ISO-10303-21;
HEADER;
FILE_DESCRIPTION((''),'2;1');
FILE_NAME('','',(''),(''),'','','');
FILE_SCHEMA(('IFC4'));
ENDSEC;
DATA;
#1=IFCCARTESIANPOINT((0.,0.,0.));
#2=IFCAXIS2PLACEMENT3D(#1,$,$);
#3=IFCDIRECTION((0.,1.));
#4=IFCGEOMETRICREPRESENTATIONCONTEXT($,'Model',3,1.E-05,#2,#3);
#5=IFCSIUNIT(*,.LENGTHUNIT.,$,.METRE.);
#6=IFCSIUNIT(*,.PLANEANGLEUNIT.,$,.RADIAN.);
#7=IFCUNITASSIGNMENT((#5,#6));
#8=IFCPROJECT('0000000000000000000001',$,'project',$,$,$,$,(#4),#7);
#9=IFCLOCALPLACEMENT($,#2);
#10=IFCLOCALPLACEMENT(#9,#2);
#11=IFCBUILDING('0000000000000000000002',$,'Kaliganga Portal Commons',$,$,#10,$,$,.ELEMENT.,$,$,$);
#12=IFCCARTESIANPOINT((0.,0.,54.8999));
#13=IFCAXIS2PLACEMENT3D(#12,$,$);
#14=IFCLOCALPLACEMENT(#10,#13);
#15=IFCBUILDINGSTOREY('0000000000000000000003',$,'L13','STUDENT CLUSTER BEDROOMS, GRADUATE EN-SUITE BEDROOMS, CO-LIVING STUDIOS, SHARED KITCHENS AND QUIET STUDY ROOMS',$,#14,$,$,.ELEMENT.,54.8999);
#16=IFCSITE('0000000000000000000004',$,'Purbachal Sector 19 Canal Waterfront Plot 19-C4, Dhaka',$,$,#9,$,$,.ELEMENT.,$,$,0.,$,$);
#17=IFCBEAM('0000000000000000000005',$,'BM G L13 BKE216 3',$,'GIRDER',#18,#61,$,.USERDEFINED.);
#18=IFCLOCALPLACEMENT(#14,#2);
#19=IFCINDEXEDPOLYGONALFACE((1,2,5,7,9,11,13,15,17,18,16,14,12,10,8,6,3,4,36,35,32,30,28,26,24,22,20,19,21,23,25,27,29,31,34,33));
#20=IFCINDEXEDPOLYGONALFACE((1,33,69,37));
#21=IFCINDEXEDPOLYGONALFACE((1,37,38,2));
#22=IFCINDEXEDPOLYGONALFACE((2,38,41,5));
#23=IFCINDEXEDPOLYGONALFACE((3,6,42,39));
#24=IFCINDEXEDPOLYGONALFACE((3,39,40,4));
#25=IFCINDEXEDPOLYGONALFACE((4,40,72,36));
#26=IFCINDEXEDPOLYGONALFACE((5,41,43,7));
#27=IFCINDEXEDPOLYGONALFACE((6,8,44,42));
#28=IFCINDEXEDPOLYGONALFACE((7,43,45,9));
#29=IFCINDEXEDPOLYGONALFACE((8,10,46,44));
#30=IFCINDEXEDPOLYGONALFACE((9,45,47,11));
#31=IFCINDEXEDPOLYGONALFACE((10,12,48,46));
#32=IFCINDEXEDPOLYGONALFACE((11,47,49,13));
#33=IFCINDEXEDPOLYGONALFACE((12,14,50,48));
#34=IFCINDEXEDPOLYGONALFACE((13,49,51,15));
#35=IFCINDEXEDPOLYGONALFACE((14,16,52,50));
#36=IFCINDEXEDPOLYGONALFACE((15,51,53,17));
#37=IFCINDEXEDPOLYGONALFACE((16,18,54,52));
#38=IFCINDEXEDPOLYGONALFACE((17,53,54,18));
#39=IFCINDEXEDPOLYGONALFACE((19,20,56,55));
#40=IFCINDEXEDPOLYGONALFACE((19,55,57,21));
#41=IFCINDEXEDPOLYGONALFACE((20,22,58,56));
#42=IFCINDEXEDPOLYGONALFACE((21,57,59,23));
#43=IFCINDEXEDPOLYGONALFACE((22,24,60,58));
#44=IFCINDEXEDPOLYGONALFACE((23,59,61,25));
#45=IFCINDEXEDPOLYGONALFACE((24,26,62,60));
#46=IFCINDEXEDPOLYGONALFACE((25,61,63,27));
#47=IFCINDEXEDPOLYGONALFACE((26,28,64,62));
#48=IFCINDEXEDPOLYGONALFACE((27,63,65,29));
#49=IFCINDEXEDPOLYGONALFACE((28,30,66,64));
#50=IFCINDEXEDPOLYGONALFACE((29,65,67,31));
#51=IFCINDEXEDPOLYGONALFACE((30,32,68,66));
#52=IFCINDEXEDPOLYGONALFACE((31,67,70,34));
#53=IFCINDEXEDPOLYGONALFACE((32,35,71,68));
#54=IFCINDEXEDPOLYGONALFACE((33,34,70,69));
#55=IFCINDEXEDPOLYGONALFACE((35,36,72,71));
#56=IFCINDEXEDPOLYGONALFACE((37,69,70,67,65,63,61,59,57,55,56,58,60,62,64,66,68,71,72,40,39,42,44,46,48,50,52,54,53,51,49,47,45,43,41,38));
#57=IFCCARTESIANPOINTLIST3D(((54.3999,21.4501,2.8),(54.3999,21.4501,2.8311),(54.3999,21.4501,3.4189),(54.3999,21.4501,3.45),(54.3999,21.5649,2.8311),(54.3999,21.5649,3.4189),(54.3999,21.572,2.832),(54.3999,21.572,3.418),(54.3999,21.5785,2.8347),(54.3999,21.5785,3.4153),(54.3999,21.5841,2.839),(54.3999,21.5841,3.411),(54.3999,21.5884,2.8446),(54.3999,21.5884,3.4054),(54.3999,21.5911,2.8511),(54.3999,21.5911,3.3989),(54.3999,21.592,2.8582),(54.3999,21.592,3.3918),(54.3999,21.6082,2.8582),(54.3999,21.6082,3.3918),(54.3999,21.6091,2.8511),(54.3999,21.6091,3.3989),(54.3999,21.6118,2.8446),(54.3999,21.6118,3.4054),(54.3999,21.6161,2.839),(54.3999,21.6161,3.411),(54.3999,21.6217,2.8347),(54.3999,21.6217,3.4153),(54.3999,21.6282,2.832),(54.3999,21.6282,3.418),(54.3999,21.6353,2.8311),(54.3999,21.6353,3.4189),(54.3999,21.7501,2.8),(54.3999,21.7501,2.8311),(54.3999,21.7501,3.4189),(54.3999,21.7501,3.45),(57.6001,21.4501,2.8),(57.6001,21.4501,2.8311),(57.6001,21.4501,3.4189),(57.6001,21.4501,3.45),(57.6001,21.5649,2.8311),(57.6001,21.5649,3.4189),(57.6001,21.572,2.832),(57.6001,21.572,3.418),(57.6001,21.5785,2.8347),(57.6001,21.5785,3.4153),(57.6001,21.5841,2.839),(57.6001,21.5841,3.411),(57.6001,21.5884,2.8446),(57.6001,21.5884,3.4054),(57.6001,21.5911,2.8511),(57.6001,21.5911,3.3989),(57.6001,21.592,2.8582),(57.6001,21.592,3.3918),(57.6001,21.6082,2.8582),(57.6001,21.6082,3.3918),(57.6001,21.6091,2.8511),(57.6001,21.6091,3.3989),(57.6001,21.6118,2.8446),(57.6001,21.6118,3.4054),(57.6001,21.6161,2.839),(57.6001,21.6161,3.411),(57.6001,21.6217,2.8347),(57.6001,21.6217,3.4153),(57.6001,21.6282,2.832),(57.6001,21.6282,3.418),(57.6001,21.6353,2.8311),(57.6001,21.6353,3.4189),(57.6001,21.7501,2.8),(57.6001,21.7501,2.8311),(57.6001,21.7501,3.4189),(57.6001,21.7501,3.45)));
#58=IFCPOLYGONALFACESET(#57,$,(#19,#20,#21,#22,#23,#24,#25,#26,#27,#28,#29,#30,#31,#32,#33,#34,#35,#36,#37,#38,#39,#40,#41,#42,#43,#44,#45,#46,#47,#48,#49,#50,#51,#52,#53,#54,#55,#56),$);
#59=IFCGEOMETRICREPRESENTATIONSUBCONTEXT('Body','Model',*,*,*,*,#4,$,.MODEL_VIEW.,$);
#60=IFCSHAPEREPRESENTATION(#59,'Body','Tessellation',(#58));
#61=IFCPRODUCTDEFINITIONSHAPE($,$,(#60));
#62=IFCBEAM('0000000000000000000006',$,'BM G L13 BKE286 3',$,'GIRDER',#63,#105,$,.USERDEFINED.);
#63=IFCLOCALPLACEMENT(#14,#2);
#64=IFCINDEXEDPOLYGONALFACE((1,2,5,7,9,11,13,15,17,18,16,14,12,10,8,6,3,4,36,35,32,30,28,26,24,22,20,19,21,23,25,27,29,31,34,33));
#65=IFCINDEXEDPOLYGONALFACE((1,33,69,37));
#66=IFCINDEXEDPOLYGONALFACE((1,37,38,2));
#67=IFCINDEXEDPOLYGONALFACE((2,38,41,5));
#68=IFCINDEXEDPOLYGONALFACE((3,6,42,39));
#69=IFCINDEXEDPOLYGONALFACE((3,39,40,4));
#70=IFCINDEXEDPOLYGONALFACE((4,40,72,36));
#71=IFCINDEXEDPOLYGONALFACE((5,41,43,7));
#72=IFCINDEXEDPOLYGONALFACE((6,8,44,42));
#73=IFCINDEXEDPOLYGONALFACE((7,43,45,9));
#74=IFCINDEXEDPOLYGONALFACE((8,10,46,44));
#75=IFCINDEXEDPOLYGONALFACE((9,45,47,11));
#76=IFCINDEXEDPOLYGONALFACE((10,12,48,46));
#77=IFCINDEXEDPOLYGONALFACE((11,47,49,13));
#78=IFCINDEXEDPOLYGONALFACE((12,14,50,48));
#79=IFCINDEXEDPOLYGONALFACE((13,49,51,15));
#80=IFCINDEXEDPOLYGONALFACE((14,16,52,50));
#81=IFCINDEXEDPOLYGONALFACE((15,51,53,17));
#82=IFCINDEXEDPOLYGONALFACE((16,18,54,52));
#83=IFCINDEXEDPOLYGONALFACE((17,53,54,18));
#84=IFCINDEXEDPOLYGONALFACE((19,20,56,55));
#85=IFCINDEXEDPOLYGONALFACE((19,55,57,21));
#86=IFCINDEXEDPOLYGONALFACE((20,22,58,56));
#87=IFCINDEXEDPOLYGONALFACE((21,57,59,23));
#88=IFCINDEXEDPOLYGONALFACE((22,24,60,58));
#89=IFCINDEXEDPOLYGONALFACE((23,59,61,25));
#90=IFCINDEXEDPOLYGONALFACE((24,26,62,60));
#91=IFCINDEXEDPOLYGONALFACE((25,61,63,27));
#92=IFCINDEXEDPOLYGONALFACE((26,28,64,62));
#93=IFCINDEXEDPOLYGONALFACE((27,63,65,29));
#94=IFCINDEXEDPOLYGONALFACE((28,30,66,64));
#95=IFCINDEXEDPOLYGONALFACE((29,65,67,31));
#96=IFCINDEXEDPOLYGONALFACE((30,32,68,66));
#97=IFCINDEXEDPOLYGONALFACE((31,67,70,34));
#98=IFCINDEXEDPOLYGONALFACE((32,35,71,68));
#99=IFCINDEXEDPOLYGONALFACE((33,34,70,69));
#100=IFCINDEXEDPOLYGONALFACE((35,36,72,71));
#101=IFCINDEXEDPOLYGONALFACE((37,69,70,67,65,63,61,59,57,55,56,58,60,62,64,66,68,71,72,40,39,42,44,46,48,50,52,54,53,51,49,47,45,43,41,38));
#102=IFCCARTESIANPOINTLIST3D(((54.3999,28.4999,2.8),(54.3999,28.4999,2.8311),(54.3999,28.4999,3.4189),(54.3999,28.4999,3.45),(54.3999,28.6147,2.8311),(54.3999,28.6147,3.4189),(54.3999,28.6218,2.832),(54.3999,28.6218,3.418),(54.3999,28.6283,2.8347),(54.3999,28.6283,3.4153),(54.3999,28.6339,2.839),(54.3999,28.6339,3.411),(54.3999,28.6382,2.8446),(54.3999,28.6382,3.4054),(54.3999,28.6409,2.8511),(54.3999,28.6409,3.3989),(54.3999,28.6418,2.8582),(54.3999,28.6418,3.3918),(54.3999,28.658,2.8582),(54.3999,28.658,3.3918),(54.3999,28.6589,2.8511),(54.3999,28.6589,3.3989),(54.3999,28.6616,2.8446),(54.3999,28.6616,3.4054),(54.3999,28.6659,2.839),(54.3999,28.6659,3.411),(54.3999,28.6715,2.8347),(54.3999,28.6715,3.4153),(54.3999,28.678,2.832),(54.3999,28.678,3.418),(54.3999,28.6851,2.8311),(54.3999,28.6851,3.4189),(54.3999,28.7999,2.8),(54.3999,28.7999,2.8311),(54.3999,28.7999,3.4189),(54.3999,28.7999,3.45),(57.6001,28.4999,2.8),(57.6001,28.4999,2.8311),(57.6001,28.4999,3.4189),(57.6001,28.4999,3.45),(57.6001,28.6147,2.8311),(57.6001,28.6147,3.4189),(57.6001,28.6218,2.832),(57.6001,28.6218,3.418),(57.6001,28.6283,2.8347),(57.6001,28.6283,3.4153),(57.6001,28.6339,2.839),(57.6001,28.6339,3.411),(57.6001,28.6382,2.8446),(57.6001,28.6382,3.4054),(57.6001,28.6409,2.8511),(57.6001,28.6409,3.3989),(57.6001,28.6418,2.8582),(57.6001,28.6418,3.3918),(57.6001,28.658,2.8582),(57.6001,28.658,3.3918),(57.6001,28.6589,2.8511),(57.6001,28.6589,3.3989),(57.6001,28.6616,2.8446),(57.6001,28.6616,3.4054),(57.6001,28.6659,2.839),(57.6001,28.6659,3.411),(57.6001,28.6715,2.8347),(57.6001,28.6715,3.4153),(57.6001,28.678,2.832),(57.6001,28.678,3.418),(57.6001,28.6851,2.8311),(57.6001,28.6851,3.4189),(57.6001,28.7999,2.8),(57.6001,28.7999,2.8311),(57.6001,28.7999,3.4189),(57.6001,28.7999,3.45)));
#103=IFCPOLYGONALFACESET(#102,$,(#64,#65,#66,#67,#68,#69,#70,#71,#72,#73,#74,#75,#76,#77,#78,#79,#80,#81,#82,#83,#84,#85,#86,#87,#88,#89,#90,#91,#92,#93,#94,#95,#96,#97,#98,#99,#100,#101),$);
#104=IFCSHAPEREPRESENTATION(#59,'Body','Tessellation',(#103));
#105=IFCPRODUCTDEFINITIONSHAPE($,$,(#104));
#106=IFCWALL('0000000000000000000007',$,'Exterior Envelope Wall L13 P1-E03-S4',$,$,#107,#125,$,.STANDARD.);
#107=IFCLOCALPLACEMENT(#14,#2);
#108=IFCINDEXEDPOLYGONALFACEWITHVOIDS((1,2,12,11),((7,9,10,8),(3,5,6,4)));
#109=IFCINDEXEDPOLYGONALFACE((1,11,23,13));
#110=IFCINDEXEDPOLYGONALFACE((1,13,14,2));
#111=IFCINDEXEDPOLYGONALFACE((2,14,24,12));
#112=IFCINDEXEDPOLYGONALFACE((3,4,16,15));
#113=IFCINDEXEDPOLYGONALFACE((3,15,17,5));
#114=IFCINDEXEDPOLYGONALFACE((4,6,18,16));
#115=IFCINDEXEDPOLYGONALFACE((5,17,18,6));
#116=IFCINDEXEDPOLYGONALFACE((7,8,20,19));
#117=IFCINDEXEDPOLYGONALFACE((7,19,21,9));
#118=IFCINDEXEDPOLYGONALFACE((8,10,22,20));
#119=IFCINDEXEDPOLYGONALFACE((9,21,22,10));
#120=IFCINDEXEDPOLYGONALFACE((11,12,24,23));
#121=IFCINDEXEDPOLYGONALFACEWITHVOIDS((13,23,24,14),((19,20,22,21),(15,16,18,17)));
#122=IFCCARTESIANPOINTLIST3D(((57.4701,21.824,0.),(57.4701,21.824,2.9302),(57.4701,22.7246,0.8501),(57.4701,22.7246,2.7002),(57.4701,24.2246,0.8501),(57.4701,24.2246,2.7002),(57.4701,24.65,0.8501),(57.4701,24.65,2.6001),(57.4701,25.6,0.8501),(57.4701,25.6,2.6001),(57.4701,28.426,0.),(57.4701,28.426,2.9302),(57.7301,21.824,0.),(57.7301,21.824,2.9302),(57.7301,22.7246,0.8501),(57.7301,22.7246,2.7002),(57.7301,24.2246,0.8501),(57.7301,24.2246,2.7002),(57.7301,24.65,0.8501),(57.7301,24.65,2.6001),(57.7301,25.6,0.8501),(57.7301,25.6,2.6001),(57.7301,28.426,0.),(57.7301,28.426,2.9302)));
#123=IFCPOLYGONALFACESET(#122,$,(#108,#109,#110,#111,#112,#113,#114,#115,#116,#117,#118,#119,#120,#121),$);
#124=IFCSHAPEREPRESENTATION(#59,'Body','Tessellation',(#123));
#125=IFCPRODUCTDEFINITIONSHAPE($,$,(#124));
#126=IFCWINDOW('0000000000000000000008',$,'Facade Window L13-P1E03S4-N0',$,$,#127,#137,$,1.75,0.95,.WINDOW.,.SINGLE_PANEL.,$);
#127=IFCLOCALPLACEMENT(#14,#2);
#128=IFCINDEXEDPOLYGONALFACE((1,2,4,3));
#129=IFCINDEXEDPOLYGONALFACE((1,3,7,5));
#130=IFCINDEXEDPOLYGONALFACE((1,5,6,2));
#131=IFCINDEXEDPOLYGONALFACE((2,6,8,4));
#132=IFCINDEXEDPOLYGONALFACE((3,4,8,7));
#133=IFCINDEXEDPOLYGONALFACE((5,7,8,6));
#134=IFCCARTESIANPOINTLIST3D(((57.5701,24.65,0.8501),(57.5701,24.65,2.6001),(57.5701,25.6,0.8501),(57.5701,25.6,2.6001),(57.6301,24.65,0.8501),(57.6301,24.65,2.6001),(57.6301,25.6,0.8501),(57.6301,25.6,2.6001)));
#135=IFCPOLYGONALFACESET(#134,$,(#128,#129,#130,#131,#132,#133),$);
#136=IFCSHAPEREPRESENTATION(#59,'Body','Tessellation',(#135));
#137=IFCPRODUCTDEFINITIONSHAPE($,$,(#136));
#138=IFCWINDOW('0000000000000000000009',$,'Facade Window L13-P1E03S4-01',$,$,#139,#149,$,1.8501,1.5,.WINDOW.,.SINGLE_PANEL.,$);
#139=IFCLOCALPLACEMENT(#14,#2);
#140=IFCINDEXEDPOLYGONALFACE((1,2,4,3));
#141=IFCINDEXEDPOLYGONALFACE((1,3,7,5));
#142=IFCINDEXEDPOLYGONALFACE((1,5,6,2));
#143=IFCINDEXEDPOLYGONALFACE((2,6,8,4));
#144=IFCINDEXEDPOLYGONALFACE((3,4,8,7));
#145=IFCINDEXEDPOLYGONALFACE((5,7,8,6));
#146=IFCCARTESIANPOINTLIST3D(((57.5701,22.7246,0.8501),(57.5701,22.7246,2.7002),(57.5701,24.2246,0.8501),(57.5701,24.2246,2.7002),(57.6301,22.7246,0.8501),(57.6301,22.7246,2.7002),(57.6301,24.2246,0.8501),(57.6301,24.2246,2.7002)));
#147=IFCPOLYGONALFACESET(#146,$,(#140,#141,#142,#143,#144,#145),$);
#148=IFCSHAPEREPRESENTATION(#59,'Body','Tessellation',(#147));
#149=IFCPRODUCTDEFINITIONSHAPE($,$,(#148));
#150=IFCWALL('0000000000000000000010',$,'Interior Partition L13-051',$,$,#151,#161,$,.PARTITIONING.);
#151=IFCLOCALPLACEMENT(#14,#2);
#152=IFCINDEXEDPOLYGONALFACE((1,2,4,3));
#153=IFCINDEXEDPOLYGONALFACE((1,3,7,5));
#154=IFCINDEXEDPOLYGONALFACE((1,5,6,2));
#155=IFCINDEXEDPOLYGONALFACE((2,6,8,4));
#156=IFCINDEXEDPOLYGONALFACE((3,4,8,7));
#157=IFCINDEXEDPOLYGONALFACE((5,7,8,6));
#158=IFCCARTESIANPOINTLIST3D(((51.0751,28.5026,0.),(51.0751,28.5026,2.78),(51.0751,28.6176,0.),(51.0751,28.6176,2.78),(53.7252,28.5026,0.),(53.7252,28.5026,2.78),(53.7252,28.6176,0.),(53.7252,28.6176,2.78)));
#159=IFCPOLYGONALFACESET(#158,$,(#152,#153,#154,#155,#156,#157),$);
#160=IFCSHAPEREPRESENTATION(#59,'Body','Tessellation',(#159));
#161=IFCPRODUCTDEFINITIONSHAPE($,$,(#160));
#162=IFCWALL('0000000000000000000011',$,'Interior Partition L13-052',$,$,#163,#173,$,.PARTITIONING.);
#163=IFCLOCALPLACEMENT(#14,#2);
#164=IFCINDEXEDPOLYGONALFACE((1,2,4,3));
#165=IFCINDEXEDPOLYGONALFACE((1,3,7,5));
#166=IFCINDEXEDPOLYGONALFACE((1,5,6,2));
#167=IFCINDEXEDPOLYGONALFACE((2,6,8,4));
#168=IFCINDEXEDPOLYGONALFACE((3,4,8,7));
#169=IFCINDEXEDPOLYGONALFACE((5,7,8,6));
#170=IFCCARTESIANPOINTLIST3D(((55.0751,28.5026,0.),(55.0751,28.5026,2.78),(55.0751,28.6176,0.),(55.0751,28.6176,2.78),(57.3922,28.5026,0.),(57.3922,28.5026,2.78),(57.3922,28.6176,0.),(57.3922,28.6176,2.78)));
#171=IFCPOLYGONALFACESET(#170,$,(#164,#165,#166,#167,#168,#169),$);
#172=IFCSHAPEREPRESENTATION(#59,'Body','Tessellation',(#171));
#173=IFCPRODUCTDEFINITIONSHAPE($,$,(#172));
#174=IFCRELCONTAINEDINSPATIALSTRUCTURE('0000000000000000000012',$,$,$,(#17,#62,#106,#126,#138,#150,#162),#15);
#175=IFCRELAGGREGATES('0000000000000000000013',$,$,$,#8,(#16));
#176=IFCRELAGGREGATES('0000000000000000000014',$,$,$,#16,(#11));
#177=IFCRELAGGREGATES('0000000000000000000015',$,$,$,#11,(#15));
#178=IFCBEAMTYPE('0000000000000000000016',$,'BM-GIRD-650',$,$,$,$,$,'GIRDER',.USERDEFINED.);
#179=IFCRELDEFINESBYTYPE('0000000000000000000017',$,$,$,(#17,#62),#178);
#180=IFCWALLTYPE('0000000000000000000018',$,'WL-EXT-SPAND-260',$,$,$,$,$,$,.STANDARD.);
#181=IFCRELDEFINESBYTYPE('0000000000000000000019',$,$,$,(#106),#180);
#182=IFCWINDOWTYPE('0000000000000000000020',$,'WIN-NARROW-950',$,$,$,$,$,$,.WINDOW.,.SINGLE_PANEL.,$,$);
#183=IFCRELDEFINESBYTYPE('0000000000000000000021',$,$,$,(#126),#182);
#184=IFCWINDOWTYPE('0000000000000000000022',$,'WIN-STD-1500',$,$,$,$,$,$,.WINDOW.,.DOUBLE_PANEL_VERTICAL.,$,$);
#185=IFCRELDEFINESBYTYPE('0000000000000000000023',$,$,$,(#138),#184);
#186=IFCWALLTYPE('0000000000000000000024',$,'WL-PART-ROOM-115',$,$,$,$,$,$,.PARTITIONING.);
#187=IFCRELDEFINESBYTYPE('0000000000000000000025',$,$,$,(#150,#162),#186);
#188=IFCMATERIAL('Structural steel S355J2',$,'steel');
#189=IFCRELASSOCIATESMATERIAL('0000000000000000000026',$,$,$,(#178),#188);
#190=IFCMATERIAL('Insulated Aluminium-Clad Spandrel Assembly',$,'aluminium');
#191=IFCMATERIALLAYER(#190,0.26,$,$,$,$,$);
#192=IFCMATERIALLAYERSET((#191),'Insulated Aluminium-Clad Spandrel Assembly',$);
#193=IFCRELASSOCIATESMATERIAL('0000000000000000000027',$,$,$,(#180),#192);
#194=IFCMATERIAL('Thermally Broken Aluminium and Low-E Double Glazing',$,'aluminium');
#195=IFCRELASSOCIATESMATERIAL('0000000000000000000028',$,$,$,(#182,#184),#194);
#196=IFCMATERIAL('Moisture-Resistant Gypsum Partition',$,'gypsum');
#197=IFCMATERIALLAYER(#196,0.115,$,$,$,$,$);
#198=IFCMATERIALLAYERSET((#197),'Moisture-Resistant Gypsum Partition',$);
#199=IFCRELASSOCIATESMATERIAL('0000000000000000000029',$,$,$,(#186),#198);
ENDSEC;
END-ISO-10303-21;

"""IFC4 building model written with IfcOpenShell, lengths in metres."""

from ifc_helpers import new_model, si_unit, direction, frame, frame_2d, origin, origin_2d, place, context, subcontext, project, spatial, rectangle, i_section, extrude, source, transform, mapped, material, layer, layer_set, material_profile, profile_set, type_object, element, fill, save


model = new_model("IFC4")

# Units and contexts
model_context = context("Model", 3, precision=1e-05, world=origin(), true_north=direction((0.0, 1.0)))
body_context = subcontext(model_context, "Body", "Model", "MODEL_VIEW")
ifc_project = project(units=[si_unit("LENGTHUNIT", "METRE"), si_unit("PLANEANGLEUNIT", "RADIAN")], contexts=[model_context])

# Site, building, storey
site_placement = place(None, origin())
site = spatial("IfcSite", under=ifc_project, at=site_placement, Name="Purbachal Sector 19 Canal Waterfront Plot 19-C4, Dhaka", CompositionType="ELEMENT", RefElevation=0.0)
building_placement = place(site_placement, origin())
building = spatial("IfcBuilding", under=site, at=building_placement, Name="Kaliganga Portal Commons", CompositionType="ELEMENT")
storey_placement = place(building_placement, frame((0.0, 0.0, 54.8999)))
storey = spatial("IfcBuildingStorey", under=building, at=storey_placement, Name="L13", Description="STUDENT CLUSTER BEDROOMS, GRADUATE EN-SUITE BEDROOMS, CO-LIVING STUDIOS, SHARED KITCHENS AND QUIET STUDY ROOMS", CompositionType="ELEMENT", Elevation=54.8999)

# Beams
ifc_material_1 = material(Name="Structural steel S355J2", Category="steel")
ifc_material_profile_1 = material_profile(ifc_material_1, i_section(OverallWidth=0.3, OverallDepth=0.6499, WebThickness=0.0161, FlangeThickness=0.031, FilletRadius=0.0271, at=origin_2d()), Name="HE 650 B")
ifc_profile_set_1 = profile_set([ifc_material_profile_1], Name="Structural steel S355J2 wide-flange")
beam_type_1 = type_object("IfcBeamType", Name="BM-GIRD-650", ElementType="GIRDER", PredefinedType="USERDEFINED", material=ifc_profile_set_1)
shared_shape_1 = source(origin(), body_context, "Body", "SweptSolid", [
    extrude(i_section(OverallWidth=0.3, OverallDepth=0.6499, WebThickness=0.0161, FlangeThickness=0.031, FilletRadius=0.0271, at=origin_2d()), origin(), (0.0, 0.0, 1.0), 3.2002),
])
for number, where, z_axis, x_axis, name in (
    (1, (54.3999, 21.6001, 3.125), (1.0, 0.0, 0.0), (0.0, 1.0, 0.0), "BM G L13 BKE216 3"),
    (2, (54.3999, 28.6499, 3.125), (1.0, 0.0, 0.0), (0.0, 1.0, 0.0), "BM G L13 BKE286 3"),
):
    element("IfcBeam", number, at=place(storey_placement, frame(where, z_axis=z_axis, x_axis=x_axis)), inside=storey, type_object=beam_type_1, Name=name, ObjectType="GIRDER", PredefinedType="USERDEFINED", context=body_context, shape_type="MappedRepresentation", body=[
        mapped(shared_shape_1, transform((0.0, 0.0, 0.0), x_axis=(1.0, 0.0, 0.0), y_axis=(0.0, 1.0, 0.0), z_axis=(0.0, 0.0, 1.0), scale=1.0)),
    ])

# Wall, openings, windows
ifc_material_2 = material(Name="Insulated Aluminium-Clad Spandrel Assembly", Category="aluminium")
ifc_layer_1 = layer(ifc_material_2, 0.26)
ifc_layer_set_1 = layer_set([ifc_layer_1], Name="Insulated Aluminium-Clad Spandrel Assembly")
wall_type_1 = type_object("IfcWallType", Name="WL-EXT-SPAND-260", PredefinedType="STANDARD", material=ifc_layer_set_1)
wall_1_placement = place(storey_placement, frame((57.6001, 28.426, 0.0), z_axis=(0.0, 0.0, 1.0), x_axis=(0.0, -1.0, 0.0)))
wall_1 = element("IfcWall", 3, at=wall_1_placement, inside=storey, type_object=wall_type_1, Name="Exterior Envelope Wall L13 P1-E03-S4", PredefinedType="STANDARD", context=body_context, shape_type="SweptSolid", body=[
    extrude(rectangle(XDim=6.6021, YDim=0.26, at=frame_2d((3.301, 0.0))), origin(), (0.0, 0.0, 1.0), 2.9302),
])
opening_1_placement = place(wall_1_placement, frame((4.2014, 0.0, 0.8501)))
opening_1 = element("IfcOpeningElement", 4, at=opening_1_placement, cuts=wall_1, PredefinedType="OPENING", context=body_context, shape_type="SweptSolid", body=[
    extrude(rectangle(XDim=1.5, YDim=1.8501, at=frame_2d((0.75, 0.925))), frame((0.0, 0.1401, 0.0), z_axis=(0.0, -1.0, 0.0), x_axis=(1.0, 0.0, 0.0)), (0.0, 0.0, 1.0), 0.28),
])
opening_2_placement = place(wall_1_placement, frame((2.8259, 0.0, 0.8501)))
opening_2 = element("IfcOpeningElement", 5, at=opening_2_placement, cuts=wall_1, PredefinedType="OPENING", context=body_context, shape_type="SweptSolid", body=[
    extrude(rectangle(XDim=0.95, YDim=1.75, at=frame_2d((0.4751, 0.875))), frame((0.0, 0.1401, 0.0), z_axis=(0.0, -1.0, 0.0), x_axis=(1.0, 0.0, 0.0)), (0.0, 0.0, 1.0), 0.28),
])
ifc_material_3 = material(Name="Thermally Broken Aluminium and Low-E Double Glazing", Category="aluminium")
window_type_1 = type_object("IfcWindowType", Name="WIN-NARROW-950", PartitioningType="SINGLE_PANEL", PredefinedType="WINDOW", material=ifc_material_3)
window_1_placement = place(opening_2_placement, origin())
window_1 = element("IfcWindow", 6, at=window_1_placement, inside=storey, type_object=window_type_1, Name="Facade Window L13-P1E03S4-N0", OverallHeight=1.75, OverallWidth=0.95, PartitioningType="SINGLE_PANEL", PredefinedType="WINDOW", context=body_context, shape_type="SweptSolid", body=[
    extrude(rectangle(XDim=0.95, YDim=1.75, at=frame_2d((0.4751, 0.875))), frame((0.0, 0.03, 0.0), z_axis=(0.0, -1.0, 0.0), x_axis=(1.0, 0.0, 0.0)), (0.0, 0.0, 1.0), 0.0601),
])
fill(opening_2, window_1)
window_type_2 = type_object("IfcWindowType", Name="WIN-STD-1500", PartitioningType="DOUBLE_PANEL_VERTICAL", PredefinedType="WINDOW", material=ifc_material_3)
window_2_placement = place(opening_1_placement, origin())
window_2 = element("IfcWindow", 7, at=window_2_placement, inside=storey, type_object=window_type_2, Name="Facade Window L13-P1E03S4-01", OverallHeight=1.8501, OverallWidth=1.5, PartitioningType="SINGLE_PANEL", PredefinedType="WINDOW", context=body_context, shape_type="SweptSolid", body=[
    extrude(rectangle(XDim=1.5, YDim=1.8501, at=frame_2d((0.75, 0.925))), frame((0.0, 0.03, 0.0), z_axis=(0.0, -1.0, 0.0), x_axis=(1.0, 0.0, 0.0)), (0.0, 0.0, 1.0), 0.0601),
])
fill(opening_1, window_2)

# Walls
ifc_material_4 = material(Name="Moisture-Resistant Gypsum Partition", Category="gypsum")
ifc_layer_2 = layer(ifc_material_4, 0.115)
ifc_layer_set_2 = layer_set([ifc_layer_2], Name="Moisture-Resistant Gypsum Partition")
wall_type_2 = type_object("IfcWallType", Name="WL-PART-ROOM-115", PredefinedType="PARTITIONING", material=ifc_layer_set_2)
wall_2_placement = place(storey_placement, frame((51.075, 28.5601, 0.0), z_axis=(0.0, 0.0, 1.0), x_axis=(1.0, 0.0, 0.0)))
element("IfcWall", 8, at=wall_2_placement, inside=storey, type_object=wall_type_2, Name="Interior Partition L13-051", PredefinedType="PARTITIONING", context=body_context, shape_type="SweptSolid", body=[
    extrude(rectangle(XDim=2.6501, YDim=0.115, at=frame_2d((1.3252, 0.0))), origin(), (0.0, 0.0, 1.0), 2.78),
])
wall_3_placement = place(storey_placement, frame((55.075, 28.5601, 0.0), z_axis=(0.0, 0.0, 1.0), x_axis=(1.0, 0.0, 0.0)))
element("IfcWall", 9, at=wall_3_placement, inside=storey, type_object=wall_type_2, Name="Interior Partition L13-052", PredefinedType="PARTITIONING", context=body_context, shape_type="SweptSolid", body=[
    extrude(rectangle(XDim=2.3171, YDim=0.115, at=frame_2d((1.1587, 0.0))), origin(), (0.0, 0.0, 1.0), 2.78),
])

save(model, "model.ifc")
